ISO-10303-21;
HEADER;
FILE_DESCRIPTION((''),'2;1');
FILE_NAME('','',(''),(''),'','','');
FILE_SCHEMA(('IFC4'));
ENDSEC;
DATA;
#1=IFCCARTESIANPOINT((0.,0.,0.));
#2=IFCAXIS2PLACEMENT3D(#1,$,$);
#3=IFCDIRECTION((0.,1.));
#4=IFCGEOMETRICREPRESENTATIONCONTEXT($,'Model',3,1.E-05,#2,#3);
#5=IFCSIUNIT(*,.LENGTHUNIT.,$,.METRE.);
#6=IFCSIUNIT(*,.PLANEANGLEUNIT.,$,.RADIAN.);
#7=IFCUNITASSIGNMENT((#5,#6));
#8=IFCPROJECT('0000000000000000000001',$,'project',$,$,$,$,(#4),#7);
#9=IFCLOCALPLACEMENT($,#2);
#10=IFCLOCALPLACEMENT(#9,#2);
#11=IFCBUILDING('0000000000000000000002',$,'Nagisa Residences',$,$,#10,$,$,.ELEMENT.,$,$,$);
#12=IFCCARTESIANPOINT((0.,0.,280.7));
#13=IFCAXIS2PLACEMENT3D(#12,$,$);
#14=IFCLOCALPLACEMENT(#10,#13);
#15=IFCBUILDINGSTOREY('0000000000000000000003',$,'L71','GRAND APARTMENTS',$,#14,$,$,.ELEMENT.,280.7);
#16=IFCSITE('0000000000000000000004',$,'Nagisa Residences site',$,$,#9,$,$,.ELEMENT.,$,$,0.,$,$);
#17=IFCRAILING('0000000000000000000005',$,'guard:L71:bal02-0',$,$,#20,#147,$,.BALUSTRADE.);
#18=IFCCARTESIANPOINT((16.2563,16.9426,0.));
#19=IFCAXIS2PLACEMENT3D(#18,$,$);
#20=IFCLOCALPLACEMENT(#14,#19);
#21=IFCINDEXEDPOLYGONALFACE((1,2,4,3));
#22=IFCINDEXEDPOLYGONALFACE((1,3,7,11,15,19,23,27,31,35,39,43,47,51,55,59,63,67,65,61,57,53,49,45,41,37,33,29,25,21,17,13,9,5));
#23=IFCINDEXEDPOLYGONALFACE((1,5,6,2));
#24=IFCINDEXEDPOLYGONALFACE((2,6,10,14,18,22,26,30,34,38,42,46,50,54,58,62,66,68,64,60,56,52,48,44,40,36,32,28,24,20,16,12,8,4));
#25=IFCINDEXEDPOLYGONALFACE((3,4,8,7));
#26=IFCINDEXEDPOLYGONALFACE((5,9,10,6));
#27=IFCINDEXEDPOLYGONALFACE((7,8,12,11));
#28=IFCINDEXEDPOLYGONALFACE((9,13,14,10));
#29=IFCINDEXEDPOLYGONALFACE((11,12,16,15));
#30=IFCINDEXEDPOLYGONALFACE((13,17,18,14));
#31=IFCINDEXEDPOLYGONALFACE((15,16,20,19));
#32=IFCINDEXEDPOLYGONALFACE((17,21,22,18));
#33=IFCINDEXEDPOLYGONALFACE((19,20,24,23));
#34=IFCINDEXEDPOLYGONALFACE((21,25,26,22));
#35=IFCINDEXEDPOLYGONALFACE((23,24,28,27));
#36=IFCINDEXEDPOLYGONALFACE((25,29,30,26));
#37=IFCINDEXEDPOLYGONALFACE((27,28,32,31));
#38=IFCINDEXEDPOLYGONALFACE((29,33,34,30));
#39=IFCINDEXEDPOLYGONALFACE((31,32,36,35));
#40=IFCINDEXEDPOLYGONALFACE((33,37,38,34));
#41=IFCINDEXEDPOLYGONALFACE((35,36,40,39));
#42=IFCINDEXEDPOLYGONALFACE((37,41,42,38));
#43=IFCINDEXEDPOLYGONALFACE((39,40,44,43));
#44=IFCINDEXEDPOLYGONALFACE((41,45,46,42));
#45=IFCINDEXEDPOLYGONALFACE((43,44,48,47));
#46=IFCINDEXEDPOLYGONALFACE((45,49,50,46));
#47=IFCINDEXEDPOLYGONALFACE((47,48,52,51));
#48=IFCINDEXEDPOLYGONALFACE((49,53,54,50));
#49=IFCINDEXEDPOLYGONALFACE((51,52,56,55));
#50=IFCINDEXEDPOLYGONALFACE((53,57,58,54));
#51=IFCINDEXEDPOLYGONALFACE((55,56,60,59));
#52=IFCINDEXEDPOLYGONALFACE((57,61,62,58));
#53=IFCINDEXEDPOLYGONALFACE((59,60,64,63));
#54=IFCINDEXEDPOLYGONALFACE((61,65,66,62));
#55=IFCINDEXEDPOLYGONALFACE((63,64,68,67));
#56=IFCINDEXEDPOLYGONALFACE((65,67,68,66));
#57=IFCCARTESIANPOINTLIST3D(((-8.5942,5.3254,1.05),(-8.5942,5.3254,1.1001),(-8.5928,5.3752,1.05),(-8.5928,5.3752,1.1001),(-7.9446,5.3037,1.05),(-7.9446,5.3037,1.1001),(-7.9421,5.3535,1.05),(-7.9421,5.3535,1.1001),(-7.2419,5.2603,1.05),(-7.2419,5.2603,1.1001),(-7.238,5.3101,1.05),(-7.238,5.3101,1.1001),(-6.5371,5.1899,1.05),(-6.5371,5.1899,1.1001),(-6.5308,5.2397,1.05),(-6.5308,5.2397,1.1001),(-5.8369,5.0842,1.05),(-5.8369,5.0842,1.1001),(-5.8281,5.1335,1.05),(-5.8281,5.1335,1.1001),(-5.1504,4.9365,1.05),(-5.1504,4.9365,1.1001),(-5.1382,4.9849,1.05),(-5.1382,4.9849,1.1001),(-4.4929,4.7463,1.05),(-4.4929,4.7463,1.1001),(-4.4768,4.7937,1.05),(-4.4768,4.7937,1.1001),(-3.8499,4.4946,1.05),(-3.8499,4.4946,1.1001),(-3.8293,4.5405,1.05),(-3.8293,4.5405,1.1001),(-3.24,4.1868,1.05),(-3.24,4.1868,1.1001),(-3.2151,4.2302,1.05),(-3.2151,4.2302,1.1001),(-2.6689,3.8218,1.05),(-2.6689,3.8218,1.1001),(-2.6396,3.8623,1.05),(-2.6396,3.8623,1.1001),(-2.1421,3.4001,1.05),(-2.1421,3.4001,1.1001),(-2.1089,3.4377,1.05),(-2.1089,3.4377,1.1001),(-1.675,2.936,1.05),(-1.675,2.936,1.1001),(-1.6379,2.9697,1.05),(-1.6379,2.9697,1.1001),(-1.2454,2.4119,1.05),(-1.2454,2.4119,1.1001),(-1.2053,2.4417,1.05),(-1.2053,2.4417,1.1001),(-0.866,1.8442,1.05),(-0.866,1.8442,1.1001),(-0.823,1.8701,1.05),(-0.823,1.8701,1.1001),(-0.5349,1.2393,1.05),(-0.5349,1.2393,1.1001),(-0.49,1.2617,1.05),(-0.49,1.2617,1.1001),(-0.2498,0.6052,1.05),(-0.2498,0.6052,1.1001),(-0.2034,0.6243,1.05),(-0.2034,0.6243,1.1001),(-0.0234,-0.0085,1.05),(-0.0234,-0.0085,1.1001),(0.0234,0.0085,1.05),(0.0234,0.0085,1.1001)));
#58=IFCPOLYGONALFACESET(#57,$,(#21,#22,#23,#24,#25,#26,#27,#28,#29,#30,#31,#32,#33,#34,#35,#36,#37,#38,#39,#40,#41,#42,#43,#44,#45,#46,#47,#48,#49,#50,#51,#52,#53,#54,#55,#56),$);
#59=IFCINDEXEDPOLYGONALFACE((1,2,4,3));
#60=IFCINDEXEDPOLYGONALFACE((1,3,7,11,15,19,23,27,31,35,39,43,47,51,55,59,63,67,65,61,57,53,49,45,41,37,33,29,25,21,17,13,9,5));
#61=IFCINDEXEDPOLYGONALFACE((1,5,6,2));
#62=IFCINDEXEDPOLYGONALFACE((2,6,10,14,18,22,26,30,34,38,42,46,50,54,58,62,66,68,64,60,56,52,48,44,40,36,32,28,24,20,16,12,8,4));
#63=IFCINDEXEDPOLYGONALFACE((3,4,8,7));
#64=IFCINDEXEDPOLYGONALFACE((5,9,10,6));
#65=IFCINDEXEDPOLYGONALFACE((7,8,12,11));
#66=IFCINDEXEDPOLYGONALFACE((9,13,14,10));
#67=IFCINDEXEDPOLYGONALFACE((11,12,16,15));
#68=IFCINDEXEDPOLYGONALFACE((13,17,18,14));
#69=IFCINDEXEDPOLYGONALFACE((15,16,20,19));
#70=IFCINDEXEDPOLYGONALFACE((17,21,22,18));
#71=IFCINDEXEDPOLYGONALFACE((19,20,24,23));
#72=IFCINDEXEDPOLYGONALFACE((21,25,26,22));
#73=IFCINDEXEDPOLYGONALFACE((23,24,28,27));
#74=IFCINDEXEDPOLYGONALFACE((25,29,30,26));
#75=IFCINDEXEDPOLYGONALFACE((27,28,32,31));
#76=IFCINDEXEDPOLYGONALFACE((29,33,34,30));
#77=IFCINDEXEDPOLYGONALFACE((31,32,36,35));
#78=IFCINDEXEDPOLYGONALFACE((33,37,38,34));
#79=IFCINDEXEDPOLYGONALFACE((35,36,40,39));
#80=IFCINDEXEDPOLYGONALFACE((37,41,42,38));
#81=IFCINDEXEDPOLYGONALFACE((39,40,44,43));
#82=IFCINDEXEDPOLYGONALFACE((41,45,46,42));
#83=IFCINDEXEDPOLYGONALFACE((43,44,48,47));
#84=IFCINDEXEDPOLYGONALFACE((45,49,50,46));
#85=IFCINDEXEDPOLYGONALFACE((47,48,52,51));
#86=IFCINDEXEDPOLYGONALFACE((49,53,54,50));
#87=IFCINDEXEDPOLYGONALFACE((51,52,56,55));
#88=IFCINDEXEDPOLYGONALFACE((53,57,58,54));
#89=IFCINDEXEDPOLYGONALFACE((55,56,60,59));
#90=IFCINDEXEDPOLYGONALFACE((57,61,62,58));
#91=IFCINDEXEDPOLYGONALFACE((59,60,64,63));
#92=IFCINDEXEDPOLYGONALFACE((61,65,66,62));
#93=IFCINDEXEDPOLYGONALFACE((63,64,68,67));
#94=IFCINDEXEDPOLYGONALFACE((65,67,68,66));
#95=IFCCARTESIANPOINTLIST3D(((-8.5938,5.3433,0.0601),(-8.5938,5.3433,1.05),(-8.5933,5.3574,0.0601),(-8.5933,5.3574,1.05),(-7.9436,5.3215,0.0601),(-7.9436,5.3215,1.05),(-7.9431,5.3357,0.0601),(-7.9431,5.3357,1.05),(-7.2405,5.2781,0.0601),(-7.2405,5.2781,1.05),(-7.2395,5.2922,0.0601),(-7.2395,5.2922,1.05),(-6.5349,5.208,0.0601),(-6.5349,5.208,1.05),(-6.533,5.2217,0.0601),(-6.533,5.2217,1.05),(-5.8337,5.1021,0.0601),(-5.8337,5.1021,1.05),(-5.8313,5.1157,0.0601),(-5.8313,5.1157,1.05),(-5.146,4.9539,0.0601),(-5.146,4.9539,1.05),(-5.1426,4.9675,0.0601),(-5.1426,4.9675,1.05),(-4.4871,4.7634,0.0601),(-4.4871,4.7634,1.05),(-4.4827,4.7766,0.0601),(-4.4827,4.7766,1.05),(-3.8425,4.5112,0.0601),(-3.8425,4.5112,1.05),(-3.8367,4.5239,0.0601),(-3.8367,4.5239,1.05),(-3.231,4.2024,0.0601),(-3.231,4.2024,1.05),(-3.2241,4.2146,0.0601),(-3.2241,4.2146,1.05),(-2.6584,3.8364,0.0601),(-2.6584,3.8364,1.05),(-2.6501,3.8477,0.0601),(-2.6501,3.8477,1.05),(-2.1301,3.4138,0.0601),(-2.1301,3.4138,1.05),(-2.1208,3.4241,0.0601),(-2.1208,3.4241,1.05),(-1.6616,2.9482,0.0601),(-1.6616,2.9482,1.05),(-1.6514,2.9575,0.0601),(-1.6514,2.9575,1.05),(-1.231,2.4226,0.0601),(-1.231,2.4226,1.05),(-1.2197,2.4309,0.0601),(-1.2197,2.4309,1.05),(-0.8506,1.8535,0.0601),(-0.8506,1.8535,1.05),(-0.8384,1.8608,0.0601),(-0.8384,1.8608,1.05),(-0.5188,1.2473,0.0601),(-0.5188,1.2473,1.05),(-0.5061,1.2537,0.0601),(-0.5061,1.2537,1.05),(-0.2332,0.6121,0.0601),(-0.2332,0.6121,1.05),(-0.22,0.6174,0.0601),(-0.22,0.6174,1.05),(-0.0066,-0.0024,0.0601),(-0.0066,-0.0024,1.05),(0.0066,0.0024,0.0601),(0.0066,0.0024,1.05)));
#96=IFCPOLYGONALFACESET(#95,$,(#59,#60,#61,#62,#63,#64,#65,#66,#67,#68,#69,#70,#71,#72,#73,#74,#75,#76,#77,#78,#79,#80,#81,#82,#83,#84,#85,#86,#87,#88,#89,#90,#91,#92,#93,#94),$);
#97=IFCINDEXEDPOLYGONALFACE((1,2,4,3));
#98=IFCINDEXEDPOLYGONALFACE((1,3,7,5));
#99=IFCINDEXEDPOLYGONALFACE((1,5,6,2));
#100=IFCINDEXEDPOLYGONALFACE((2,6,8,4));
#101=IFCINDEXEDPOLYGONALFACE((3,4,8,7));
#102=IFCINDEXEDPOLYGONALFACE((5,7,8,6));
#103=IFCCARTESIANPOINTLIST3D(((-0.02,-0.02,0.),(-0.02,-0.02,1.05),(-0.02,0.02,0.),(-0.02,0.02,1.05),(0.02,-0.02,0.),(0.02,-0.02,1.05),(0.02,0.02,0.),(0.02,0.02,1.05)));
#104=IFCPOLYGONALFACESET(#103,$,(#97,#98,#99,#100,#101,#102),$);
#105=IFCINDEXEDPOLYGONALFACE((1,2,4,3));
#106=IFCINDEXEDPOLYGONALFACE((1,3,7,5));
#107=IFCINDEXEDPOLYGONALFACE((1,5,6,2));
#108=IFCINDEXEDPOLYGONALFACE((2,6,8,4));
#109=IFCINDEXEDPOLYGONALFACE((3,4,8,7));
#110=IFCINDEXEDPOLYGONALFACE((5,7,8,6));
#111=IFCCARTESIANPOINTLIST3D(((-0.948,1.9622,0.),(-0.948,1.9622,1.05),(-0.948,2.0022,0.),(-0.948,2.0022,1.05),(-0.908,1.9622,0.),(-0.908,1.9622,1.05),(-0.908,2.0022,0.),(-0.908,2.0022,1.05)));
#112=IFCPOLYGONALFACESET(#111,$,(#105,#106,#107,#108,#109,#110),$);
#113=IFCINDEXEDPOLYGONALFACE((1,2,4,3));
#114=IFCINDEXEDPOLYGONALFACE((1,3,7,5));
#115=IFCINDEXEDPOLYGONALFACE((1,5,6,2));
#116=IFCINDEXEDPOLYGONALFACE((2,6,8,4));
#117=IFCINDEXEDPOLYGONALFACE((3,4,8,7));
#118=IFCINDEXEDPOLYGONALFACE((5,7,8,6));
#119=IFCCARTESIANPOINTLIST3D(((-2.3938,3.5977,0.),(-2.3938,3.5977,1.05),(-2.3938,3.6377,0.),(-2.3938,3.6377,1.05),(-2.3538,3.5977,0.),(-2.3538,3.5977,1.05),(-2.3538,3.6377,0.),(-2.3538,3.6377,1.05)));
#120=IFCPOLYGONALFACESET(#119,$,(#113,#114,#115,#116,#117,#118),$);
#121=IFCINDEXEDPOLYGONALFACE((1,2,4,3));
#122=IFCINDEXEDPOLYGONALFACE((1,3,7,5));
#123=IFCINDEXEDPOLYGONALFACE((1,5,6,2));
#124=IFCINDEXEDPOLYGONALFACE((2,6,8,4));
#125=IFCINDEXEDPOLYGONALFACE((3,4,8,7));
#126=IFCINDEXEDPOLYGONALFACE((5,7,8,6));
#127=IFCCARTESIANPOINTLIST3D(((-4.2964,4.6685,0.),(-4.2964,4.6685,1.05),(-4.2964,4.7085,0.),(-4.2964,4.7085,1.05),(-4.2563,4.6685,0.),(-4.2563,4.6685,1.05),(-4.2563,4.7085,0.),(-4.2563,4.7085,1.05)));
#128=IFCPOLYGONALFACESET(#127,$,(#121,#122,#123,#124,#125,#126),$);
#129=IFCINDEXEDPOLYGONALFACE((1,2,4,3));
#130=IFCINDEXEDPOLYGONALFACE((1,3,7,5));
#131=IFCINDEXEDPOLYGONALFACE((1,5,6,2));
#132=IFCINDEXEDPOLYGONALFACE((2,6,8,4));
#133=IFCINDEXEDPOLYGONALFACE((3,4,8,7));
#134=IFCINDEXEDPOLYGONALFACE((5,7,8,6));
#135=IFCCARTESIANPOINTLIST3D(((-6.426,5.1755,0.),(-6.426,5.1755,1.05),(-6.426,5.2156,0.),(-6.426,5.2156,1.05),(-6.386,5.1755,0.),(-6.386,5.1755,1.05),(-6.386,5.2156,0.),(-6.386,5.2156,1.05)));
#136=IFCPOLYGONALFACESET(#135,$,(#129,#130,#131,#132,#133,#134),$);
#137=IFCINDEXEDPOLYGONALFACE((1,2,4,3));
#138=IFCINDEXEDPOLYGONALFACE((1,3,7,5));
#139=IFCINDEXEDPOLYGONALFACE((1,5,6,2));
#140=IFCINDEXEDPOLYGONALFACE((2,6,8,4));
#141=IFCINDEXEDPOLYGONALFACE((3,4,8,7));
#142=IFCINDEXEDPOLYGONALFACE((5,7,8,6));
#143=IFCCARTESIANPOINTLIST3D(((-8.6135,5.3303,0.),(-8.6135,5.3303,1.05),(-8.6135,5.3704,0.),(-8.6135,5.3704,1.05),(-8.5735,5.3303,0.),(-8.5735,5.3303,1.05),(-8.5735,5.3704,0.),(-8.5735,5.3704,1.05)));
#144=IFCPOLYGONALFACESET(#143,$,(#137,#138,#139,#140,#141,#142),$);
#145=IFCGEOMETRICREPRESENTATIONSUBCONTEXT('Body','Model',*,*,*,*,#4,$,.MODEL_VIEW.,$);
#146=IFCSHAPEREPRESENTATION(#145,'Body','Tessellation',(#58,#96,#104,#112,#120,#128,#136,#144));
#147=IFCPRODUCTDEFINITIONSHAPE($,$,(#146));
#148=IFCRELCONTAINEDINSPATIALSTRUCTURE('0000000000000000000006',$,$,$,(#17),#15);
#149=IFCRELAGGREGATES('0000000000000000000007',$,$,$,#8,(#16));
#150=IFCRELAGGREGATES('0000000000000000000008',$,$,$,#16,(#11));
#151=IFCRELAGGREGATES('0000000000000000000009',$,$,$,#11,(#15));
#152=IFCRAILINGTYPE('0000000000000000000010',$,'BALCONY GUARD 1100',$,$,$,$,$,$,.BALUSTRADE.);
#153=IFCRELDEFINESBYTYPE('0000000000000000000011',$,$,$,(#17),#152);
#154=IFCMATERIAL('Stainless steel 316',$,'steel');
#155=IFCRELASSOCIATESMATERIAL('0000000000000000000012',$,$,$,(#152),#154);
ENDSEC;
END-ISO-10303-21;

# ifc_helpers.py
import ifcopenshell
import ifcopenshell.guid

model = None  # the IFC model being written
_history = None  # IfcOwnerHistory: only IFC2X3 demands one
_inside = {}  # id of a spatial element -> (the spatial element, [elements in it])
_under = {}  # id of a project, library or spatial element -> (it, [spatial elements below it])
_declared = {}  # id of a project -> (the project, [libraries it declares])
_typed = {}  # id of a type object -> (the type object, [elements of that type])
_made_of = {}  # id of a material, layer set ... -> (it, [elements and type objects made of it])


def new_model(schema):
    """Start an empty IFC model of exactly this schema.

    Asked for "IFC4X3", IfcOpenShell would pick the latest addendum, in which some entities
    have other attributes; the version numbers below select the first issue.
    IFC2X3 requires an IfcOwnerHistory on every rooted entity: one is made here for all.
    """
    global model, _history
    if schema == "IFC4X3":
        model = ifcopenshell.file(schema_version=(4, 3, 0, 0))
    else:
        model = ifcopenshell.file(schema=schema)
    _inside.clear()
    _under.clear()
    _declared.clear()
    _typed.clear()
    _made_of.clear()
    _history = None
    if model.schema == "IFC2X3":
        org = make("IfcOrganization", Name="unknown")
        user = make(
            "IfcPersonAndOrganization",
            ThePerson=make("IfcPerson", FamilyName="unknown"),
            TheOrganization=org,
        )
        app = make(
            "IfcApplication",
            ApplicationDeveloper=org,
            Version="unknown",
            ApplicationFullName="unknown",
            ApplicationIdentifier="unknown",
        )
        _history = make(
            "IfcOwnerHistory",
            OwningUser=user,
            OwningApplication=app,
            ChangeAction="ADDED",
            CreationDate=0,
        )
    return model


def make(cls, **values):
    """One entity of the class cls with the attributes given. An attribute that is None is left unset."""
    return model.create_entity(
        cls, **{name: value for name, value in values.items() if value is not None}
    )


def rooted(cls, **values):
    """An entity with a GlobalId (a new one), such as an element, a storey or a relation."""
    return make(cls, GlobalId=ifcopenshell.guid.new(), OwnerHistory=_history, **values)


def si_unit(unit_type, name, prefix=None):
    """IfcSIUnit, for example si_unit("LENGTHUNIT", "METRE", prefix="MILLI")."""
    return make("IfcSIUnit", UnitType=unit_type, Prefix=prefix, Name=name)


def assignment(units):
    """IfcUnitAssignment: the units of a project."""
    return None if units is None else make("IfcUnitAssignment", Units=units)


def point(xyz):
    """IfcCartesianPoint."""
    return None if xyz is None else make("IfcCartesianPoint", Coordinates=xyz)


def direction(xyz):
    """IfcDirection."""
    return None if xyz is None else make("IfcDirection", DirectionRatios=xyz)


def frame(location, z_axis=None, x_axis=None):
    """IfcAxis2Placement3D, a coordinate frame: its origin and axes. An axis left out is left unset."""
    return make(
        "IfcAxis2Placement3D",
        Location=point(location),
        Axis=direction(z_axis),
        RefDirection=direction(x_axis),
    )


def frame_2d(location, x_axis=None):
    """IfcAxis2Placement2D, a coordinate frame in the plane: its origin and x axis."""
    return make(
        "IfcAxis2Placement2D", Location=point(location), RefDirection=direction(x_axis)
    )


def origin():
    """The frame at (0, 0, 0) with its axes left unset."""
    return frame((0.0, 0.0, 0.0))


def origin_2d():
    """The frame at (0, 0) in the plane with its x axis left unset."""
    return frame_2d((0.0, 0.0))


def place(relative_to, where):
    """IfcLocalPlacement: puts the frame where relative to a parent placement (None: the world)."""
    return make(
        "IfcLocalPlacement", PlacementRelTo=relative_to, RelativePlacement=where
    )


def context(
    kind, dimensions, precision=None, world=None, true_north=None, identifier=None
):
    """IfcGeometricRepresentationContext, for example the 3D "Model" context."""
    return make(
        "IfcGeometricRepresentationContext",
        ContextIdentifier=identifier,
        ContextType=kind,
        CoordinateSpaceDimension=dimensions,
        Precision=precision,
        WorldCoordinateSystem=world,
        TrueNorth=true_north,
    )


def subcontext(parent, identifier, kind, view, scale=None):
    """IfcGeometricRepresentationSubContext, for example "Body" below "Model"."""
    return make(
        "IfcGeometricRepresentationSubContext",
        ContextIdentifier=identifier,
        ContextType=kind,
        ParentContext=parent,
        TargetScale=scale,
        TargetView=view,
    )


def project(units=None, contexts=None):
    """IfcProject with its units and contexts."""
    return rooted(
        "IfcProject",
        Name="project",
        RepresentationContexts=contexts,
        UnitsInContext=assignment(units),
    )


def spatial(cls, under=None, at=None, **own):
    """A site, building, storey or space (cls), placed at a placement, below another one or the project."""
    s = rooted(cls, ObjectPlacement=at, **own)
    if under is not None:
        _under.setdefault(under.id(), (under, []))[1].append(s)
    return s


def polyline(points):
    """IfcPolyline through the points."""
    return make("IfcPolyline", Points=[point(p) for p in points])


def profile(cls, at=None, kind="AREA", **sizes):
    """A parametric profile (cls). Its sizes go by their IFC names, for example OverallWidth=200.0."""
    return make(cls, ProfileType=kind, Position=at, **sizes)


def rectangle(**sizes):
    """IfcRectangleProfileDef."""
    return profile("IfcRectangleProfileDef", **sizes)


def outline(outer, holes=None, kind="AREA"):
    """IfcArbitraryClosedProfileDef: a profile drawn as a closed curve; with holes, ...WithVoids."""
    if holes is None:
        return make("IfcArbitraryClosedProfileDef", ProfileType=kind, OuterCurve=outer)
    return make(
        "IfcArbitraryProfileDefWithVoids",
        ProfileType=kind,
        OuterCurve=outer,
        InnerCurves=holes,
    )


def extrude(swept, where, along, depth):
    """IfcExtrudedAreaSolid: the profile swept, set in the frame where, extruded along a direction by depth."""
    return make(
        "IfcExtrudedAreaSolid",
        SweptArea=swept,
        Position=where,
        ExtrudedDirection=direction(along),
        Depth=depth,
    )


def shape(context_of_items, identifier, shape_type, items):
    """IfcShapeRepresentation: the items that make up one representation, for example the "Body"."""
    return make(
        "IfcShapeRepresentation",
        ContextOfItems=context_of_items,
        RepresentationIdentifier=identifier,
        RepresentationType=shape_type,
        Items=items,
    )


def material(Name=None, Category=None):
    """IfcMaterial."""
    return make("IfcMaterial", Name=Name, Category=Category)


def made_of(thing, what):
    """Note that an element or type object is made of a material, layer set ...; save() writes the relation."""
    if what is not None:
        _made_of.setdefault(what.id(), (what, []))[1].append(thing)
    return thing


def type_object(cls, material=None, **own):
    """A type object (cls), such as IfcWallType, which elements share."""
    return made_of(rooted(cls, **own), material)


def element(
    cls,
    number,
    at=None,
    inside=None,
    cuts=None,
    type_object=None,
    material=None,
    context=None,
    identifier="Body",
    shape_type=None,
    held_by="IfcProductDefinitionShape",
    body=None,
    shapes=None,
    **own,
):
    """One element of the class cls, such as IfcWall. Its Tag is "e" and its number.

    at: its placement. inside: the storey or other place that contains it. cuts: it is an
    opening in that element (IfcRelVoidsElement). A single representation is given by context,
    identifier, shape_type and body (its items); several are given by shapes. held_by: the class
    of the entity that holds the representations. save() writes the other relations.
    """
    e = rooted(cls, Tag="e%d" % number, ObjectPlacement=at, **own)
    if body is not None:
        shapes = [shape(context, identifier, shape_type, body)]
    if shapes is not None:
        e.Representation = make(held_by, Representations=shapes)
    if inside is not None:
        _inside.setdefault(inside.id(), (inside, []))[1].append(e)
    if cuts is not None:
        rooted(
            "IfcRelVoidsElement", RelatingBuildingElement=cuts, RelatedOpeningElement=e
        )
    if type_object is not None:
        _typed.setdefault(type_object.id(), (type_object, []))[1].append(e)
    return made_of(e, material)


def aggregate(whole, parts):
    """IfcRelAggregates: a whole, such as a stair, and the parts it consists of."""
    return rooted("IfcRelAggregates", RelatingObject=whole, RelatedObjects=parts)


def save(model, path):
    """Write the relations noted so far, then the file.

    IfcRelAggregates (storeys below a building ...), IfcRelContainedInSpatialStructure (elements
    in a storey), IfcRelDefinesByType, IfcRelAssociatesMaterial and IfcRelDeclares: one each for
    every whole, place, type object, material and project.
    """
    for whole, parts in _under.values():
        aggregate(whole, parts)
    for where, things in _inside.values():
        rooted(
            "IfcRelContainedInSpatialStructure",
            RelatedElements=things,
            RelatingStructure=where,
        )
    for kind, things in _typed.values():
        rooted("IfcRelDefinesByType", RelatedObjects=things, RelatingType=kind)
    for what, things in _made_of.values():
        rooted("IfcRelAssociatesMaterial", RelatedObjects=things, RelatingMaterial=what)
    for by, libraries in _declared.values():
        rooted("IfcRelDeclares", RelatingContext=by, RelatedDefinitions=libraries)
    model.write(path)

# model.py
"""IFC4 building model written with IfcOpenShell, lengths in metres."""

from ifc_helpers import new_model, si_unit, direction, frame, origin, origin_2d, place, context, subcontext, project, spatial, polyline, rectangle, outline, extrude, material, type_object, element, save


model = new_model("IFC4")

# Units and contexts
model_context = context("Model", 3, precision=1e-05, world=origin(), true_north=direction((0.0, 1.0)))
body_context = subcontext(model_context, "Body", "Model", "MODEL_VIEW")
ifc_project = project(units=[si_unit("LENGTHUNIT", "METRE"), si_unit("PLANEANGLEUNIT", "RADIAN")], contexts=[model_context])

# Site, building, storey
site_placement = place(None, origin())
site = spatial("IfcSite", under=ifc_project, at=site_placement, Name="Nagisa Residences site", CompositionType="ELEMENT", RefElevation=0.0)
building_placement = place(site_placement, origin())
building = spatial("IfcBuilding", under=site, at=building_placement, Name="Nagisa Residences", CompositionType="ELEMENT")
storey_placement = place(building_placement, frame((0.0, 0.0, 280.7)))
storey = spatial("IfcBuildingStorey", under=building, at=storey_placement, Name="L71", Description="GRAND APARTMENTS", CompositionType="ELEMENT", Elevation=280.7)

# Railing
ifc_material_1 = material(Name="Stainless steel 316", Category="steel")
railing_type = type_object("IfcRailingType", Name="BALCONY GUARD 1100", PredefinedType="BALUSTRADE", material=ifc_material_1)
railing_placement = place(storey_placement, frame((16.2563, 16.9426, 0.0)))
element("IfcRailing", 1, at=railing_placement, inside=storey, type_object=railing_type, Name="guard:L71:bal02-0", PredefinedType="BALUSTRADE", context=body_context, shape_type="SweptSolid", body=[
    extrude(outline(polyline([(-0.2498, 0.6052), (-0.0234, -0.0085), (0.0234, 0.0085), (-0.2034, 0.6243), (-0.49, 1.2617), (-0.823, 1.8701), (-1.2053, 2.4417), (-1.6379, 2.9697), (-2.1089, 3.4377), (-2.6396, 3.8623), (-3.2151, 4.2302), (-3.8293, 4.5405), (-4.4768, 4.7937), (-5.1382, 4.9849), (-5.8281, 5.1335), (-6.5308, 5.2397), (-7.238, 5.3101), (-7.9421, 5.3535), (-8.5928, 5.3752), (-8.5942, 5.3254), (-7.9446, 5.3037), (-7.2419, 5.2603), (-6.5371, 5.1899), (-5.8369, 5.0842), (-5.1504, 4.9365), (-4.4929, 4.7463), (-3.8499, 4.4946), (-3.24, 4.1868), (-2.6689, 3.8218), (-2.1421, 3.4001), (-1.675, 2.936), (-1.2454, 2.4119), (-0.866, 1.8442), (-0.5349, 1.2393), (-0.2498, 0.6052)])), frame((0.0, 0.0, 1.05)), (0.0, 0.0, 1.0), 0.05),
    extrude(outline(polyline([(-0.2332, 0.6121), (-0.0066, -0.0024), (0.0066, 0.0024), (-0.22, 0.6174), (-0.5061, 1.2537), (-0.8384, 1.8608), (-1.2197, 2.4309), (-1.6514, 2.9575), (-2.1208, 3.4241), (-2.6501, 3.8477), (-3.2241, 4.2146), (-3.8367, 4.5239), (-4.4827, 4.7766), (-5.1426, 4.9675), (-5.8313, 5.1157), (-6.533, 5.2217), (-7.2395, 5.2922), (-7.9431, 5.3357), (-8.5933, 5.3574), (-8.5938, 5.3433), (-7.9436, 5.3215), (-7.2405, 5.2781), (-6.5349, 5.208), (-5.8337, 5.1021), (-5.146, 4.9539), (-4.4871, 4.7634), (-3.8425, 4.5112), (-3.231, 4.2024), (-2.6584, 3.8364), (-2.1301, 3.4138), (-1.6616, 2.9482), (-1.231, 2.4226), (-0.8506, 1.8535), (-0.5188, 1.2473), (-0.2332, 0.6121)])), frame((0.0, 0.0, 0.0601)), (0.0, 0.0, 1.0), 0.99),
    extrude(rectangle(XDim=0.04, YDim=0.04, at=origin_2d()), origin(), (0.0, 0.0, 1.0), 1.05),
    extrude(rectangle(XDim=0.04, YDim=0.04, at=origin_2d()), frame((-0.928, 1.9822, 0.0)), (0.0, 0.0, 1.0), 1.05),
    extrude(rectangle(XDim=0.04, YDim=0.04, at=origin_2d()), frame((-2.3738, 3.6177, 0.0)), (0.0, 0.0, 1.0), 1.05),
    extrude(rectangle(XDim=0.04, YDim=0.04, at=origin_2d()), frame((-4.2764, 4.6885, 0.0)), (0.0, 0.0, 1.0), 1.05),
    extrude(rectangle(XDim=0.04, YDim=0.04, at=origin_2d()), frame((-6.406, 5.1956, 0.0)), (0.0, 0.0, 1.0), 1.05),
    extrude(rectangle(XDim=0.04, YDim=0.04, at=origin_2d()), frame((-8.5935, 5.3503, 0.0)), (0.0, 0.0, 1.0), 1.05),
])

save(model, "model.ifc")
